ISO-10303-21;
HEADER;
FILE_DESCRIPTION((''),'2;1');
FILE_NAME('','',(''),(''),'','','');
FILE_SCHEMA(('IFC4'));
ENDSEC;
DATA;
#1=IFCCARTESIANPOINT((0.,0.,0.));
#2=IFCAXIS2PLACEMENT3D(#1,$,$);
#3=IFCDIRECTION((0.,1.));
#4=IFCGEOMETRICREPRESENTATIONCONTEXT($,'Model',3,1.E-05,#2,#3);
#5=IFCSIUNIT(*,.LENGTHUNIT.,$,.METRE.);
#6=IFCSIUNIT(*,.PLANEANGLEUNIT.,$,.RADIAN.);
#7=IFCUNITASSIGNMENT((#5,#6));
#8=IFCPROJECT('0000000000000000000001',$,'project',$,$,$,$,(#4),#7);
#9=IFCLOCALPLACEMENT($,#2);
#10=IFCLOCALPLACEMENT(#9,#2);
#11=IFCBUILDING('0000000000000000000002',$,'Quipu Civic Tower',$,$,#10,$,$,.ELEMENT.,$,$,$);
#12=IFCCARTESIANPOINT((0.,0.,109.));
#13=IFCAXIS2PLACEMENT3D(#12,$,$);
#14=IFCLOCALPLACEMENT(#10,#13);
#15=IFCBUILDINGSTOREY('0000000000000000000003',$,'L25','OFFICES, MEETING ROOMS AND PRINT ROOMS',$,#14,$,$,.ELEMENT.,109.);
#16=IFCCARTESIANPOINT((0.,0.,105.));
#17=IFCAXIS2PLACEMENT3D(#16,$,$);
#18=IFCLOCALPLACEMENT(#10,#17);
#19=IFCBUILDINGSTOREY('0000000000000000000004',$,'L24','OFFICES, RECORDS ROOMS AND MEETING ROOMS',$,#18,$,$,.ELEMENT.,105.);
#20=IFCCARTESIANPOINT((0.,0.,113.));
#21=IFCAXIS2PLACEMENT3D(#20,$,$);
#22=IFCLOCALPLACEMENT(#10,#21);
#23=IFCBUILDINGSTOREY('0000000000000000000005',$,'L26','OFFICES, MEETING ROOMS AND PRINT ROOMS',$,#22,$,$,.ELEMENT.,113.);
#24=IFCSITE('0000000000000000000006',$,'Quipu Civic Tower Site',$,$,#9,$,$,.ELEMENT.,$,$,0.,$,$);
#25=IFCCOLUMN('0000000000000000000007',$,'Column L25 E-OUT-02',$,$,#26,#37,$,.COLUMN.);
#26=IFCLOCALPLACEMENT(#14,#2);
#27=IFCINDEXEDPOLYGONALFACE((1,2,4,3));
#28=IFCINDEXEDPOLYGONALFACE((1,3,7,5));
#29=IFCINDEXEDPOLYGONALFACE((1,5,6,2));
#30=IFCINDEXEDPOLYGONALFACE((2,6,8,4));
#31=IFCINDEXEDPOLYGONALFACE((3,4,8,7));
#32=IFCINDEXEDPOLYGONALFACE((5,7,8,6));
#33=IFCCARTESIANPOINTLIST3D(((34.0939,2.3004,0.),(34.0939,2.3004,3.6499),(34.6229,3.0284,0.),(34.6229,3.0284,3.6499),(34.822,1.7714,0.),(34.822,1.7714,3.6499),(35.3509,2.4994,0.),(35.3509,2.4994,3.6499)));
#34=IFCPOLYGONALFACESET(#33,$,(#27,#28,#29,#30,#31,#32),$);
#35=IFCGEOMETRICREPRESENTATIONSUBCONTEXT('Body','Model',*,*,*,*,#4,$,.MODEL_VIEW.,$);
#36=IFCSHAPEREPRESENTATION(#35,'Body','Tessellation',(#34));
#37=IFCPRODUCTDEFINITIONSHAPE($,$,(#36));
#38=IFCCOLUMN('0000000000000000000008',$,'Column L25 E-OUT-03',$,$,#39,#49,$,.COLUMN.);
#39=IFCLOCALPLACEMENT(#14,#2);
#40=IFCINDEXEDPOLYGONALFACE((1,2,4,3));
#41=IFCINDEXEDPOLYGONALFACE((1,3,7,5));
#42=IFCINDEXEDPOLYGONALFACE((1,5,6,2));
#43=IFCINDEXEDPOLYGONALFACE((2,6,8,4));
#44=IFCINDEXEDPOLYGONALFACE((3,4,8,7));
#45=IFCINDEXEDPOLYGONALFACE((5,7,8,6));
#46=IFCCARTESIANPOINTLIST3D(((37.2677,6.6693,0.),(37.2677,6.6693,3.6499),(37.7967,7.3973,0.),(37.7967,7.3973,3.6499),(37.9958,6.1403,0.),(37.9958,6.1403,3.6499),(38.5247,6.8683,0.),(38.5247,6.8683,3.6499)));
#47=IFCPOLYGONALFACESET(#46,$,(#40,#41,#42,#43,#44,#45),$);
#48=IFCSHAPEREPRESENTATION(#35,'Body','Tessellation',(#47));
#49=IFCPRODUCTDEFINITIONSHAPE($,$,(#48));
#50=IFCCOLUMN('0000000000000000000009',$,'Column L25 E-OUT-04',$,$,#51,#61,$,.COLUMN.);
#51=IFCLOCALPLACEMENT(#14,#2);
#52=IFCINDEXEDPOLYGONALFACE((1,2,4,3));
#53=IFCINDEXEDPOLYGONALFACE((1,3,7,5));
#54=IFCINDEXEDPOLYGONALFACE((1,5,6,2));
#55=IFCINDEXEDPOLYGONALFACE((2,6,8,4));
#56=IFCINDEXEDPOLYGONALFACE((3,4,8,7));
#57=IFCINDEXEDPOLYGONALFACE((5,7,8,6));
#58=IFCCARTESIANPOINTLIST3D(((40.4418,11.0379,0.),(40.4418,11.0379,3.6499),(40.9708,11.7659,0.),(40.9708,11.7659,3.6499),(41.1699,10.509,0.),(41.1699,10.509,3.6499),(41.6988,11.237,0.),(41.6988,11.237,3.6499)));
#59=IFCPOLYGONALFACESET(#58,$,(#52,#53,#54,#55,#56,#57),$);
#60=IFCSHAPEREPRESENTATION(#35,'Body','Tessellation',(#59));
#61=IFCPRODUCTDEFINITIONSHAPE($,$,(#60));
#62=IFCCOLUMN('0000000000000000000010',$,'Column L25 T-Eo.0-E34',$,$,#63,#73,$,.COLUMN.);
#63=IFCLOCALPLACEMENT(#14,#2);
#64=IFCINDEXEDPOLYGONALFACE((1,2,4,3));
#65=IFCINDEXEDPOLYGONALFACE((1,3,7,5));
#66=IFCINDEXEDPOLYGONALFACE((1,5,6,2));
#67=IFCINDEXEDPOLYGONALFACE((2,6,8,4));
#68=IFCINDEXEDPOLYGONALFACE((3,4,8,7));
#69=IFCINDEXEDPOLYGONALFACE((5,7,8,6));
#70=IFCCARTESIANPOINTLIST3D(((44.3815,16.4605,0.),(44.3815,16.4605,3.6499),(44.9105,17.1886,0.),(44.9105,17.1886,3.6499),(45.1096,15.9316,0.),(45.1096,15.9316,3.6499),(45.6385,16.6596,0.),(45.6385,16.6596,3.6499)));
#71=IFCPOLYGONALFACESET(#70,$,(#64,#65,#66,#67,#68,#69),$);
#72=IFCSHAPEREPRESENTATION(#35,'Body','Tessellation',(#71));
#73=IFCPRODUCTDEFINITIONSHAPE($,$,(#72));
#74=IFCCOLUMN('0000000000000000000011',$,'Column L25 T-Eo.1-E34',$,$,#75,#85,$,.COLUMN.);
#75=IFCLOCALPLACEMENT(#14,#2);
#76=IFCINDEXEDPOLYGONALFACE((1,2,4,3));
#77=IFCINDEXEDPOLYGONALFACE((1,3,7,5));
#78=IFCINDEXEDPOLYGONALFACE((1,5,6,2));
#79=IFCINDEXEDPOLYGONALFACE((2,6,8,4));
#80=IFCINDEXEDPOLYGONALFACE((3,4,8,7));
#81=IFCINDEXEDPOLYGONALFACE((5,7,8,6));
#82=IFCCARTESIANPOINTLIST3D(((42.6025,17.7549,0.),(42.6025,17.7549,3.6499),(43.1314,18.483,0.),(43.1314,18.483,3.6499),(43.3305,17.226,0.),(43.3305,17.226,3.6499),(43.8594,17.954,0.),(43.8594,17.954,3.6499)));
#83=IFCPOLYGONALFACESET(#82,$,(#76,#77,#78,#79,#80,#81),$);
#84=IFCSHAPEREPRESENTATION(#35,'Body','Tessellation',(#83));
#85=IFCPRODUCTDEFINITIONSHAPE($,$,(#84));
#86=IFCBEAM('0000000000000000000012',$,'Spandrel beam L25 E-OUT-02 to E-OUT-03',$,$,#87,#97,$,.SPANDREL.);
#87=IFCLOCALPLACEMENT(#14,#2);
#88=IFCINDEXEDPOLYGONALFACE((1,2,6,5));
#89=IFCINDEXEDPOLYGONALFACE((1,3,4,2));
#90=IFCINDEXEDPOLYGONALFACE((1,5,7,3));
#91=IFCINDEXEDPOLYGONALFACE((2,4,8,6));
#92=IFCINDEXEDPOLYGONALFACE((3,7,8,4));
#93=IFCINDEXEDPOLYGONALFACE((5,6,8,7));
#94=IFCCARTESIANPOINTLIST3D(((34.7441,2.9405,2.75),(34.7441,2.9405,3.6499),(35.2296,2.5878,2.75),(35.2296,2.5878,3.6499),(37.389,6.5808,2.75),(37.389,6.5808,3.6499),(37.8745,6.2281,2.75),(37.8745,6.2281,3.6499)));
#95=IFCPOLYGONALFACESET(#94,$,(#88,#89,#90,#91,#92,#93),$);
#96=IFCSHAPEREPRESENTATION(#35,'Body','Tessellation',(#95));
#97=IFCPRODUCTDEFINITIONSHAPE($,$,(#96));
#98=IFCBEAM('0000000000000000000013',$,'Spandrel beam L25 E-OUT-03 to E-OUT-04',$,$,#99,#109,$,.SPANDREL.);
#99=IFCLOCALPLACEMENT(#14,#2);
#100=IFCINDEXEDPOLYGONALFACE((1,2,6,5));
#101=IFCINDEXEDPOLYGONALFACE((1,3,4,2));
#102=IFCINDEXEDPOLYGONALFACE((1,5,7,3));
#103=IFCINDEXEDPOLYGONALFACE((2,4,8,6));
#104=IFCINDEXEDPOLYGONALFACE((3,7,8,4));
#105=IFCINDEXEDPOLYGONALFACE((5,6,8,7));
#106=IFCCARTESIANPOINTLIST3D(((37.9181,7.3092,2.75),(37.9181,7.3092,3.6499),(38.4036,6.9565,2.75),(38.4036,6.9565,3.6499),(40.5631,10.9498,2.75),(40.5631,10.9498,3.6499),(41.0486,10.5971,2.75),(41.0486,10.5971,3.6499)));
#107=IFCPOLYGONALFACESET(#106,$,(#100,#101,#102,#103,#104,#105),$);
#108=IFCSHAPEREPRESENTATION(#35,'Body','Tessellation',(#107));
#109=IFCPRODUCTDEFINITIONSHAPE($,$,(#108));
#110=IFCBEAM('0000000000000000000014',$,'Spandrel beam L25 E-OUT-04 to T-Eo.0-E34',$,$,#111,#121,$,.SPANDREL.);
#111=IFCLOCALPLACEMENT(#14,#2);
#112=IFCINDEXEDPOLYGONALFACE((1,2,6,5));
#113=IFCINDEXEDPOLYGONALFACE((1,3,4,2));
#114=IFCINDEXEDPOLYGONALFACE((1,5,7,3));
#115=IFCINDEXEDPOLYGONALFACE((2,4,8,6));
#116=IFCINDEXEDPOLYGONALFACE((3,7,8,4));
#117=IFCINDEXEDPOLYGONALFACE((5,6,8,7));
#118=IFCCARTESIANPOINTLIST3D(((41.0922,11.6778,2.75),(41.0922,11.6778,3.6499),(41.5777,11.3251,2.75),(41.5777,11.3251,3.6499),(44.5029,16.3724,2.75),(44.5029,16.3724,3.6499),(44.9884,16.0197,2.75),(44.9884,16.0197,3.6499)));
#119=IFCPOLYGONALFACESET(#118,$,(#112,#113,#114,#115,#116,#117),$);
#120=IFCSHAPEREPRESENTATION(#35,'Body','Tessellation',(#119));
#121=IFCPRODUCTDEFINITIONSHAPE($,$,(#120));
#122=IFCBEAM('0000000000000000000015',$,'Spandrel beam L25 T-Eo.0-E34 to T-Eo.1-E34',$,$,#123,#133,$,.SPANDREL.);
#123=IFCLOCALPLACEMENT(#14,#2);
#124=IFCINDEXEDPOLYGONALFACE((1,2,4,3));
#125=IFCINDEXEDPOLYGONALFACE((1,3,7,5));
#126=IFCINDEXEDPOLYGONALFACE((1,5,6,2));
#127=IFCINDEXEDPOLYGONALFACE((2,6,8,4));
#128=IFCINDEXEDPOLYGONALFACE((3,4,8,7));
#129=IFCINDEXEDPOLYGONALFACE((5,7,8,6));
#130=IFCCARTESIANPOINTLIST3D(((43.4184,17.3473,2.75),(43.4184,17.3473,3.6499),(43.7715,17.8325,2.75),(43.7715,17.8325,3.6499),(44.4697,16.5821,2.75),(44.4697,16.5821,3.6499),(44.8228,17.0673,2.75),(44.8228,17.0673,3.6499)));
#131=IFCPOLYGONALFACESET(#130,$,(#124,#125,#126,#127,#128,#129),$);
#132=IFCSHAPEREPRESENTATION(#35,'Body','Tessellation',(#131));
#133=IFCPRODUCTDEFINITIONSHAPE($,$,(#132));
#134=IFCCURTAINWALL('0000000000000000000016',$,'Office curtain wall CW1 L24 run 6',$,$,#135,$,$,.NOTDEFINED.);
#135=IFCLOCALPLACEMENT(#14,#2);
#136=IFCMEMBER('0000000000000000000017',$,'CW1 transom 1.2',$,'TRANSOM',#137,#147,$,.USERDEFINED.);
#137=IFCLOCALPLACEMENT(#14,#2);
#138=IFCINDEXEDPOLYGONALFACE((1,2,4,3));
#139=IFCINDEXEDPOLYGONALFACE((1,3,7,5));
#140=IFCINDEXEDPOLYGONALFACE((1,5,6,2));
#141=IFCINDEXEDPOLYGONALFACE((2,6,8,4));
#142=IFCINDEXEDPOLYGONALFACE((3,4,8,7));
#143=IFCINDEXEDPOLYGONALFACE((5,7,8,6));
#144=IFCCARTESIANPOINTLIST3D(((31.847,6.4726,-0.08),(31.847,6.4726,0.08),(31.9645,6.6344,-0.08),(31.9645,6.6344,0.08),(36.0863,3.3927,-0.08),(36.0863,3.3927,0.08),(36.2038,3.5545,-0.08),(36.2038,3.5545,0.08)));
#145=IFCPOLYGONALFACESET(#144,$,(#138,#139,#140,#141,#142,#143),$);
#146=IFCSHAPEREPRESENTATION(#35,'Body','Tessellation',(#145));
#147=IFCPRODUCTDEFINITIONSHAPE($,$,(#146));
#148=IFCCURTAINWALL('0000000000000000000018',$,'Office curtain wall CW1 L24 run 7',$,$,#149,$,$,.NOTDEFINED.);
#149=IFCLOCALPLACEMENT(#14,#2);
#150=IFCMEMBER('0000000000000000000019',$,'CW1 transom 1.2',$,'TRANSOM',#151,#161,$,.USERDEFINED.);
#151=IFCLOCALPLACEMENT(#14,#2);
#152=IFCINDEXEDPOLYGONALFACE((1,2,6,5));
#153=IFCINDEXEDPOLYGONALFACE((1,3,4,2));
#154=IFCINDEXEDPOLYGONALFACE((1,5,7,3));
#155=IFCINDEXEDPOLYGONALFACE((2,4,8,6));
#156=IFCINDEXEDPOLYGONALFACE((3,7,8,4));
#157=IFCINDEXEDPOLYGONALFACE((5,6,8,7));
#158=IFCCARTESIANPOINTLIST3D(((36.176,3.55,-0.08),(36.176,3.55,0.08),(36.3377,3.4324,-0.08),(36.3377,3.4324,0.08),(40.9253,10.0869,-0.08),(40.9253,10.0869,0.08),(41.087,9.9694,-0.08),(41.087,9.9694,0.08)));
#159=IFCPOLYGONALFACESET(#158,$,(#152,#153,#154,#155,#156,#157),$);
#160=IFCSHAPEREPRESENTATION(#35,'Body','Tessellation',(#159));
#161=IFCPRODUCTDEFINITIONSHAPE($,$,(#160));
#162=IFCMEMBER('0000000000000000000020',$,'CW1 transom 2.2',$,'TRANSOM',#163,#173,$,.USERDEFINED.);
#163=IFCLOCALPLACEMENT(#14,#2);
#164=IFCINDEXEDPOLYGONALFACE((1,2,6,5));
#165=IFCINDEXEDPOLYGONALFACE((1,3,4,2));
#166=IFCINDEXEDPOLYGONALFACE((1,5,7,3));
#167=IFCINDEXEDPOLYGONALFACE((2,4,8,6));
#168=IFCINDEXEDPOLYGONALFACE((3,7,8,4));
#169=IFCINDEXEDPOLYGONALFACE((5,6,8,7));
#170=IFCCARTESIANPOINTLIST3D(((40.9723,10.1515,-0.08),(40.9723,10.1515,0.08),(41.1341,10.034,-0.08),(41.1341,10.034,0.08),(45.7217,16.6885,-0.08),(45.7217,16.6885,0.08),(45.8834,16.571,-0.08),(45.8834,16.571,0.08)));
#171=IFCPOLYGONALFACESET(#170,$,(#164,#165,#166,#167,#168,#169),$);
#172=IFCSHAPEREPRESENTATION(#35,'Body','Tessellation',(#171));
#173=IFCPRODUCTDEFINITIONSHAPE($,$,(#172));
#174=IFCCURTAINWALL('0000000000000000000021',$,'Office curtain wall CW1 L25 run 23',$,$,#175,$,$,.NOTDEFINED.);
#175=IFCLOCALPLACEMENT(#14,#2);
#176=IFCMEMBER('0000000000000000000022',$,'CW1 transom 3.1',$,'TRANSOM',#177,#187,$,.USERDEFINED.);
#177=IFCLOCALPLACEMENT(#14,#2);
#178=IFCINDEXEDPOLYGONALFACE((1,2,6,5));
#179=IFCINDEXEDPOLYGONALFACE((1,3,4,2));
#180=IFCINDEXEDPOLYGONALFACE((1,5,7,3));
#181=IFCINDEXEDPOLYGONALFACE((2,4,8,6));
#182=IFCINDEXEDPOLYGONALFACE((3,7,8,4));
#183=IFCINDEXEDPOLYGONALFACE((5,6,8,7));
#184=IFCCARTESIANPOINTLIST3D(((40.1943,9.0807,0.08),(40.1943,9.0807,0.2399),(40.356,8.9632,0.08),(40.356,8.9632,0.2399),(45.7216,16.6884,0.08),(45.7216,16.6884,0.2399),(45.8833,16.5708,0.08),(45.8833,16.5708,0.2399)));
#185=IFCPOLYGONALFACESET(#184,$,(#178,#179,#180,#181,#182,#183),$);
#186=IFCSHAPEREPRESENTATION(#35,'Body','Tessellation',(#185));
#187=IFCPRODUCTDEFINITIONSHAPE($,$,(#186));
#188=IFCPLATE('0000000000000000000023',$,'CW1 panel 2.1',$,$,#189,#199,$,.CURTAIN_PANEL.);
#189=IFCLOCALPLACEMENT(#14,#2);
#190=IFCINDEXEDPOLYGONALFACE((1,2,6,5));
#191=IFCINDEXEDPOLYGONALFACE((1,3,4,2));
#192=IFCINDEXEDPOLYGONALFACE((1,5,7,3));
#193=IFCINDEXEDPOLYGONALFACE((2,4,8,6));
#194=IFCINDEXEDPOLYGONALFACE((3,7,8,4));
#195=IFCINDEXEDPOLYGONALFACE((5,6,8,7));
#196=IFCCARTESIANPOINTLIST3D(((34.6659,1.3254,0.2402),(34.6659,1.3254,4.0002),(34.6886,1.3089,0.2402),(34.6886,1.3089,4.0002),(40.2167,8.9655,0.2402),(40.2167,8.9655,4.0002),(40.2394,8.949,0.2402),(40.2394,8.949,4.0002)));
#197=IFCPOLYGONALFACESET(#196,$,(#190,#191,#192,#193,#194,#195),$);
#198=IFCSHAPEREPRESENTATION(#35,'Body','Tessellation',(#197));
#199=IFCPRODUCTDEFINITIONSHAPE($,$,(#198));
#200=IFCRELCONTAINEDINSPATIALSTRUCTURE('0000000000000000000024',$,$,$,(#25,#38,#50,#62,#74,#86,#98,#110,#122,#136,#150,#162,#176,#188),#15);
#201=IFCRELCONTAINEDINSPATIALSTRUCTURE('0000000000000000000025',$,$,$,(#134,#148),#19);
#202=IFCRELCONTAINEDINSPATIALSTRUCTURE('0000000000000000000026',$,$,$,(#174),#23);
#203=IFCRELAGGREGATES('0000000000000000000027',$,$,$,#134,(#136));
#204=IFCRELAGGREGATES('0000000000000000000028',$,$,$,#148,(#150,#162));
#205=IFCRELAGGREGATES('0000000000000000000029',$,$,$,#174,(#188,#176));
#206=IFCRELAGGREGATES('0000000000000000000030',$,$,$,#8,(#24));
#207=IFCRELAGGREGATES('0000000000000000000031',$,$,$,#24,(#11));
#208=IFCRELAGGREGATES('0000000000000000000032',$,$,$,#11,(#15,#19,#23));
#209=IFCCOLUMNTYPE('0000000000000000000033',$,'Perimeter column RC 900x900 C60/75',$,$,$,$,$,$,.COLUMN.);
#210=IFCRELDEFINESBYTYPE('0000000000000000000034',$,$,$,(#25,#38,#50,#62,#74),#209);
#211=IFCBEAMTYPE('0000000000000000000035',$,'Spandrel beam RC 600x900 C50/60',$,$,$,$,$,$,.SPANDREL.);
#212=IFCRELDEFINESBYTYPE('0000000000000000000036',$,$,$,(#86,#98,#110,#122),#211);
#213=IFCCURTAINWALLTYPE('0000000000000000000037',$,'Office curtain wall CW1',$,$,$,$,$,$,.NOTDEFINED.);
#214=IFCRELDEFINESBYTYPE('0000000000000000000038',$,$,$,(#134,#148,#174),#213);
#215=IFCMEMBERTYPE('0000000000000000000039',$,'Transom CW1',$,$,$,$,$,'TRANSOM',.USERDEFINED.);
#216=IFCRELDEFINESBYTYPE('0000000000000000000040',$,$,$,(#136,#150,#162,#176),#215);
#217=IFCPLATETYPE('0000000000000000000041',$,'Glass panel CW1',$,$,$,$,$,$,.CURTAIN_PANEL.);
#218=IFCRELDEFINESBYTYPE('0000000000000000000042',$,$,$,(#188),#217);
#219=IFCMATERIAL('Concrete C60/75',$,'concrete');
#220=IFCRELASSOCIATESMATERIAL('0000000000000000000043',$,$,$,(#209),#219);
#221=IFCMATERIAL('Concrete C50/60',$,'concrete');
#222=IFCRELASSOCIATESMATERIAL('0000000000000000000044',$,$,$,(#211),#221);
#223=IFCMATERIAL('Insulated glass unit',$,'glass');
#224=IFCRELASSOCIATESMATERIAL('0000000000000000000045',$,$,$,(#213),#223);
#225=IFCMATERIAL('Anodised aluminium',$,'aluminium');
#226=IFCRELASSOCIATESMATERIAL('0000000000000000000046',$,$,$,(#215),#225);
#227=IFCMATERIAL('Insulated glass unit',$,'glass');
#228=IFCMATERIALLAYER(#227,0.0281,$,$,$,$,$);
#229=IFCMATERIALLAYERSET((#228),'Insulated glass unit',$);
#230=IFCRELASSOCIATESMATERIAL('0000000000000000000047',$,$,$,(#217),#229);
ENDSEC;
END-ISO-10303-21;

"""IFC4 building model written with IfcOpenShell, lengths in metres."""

from ifc_helpers import new_model, si_unit, direction, frame, origin, origin_2d, place, context, subcontext, project, spatial, rectangle, extrude, material, layer, layer_set, material_profile, profile_set, type_object, element, aggregate, save


model = new_model("IFC4")

# Units and contexts
model_context = context("Model", 3, precision=1e-05, world=origin(), true_north=direction((0.0, 1.0)))
body_context = subcontext(model_context, "Body", "Model", "MODEL_VIEW")
ifc_project = project(units=[si_unit("LENGTHUNIT", "METRE"), si_unit("PLANEANGLEUNIT", "RADIAN")], contexts=[model_context])

# Site, building, storey
site_placement = place(None, origin())
site = spatial("IfcSite", under=ifc_project, at=site_placement, Name="Quipu Civic Tower Site", CompositionType="ELEMENT", RefElevation=0.0)
building_placement = place(site_placement, origin())
building = spatial("IfcBuilding", under=site, at=building_placement, Name="Quipu Civic Tower", CompositionType="ELEMENT")
storey_1_placement = place(building_placement, frame((0.0, 0.0, 109.0)))
storey_1 = spatial("IfcBuildingStorey", under=building, at=storey_1_placement, Name="L25", Description="OFFICES, MEETING ROOMS AND PRINT ROOMS", CompositionType="ELEMENT", Elevation=109.0)

# Columns
ifc_material_1 = material(Name="Concrete C60/75", Category="concrete")
ifc_material_profile_1 = material_profile(ifc_material_1, rectangle(XDim=0.8999, YDim=0.8999, at=origin_2d()), Name="RC900x900")
ifc_profile_set_1 = profile_set([ifc_material_profile_1], Name="Concrete C60/75")
column_type = type_object("IfcColumnType", Name="Perimeter column RC 900x900 C60/75", PredefinedType="COLUMN", material=ifc_profile_set_1)
for number, where, z_axis, x_axis, name in (
    (1, (34.7224, 2.3999, 0.0), (0.0, 0.0, 1.0), (0.587785, 0.809017, 0.0), "Column L25 E-OUT-02"),
    (2, (37.8962, 6.7688, 0.0), (0.0, 0.0, 1.0), (0.587785, 0.809017, 0.0), "Column L25 E-OUT-03"),
    (3, (41.0703, 11.1375, 0.0), (0.0, 0.0, 1.0), (0.587785, 0.809017, 0.0), "Column L25 E-OUT-04"),
    (4, (45.01, 16.5601, 0.0), (0.0, 0.0, 1.0), (0.587785, 0.809017, 0.0), "Column L25 T-Eo.0-E34"),
    (5, (43.231, 17.8545, 0.0), (0.0, 0.0, 1.0), (0.587785, 0.809017, 0.0), "Column L25 T-Eo.1-E34"),
):
    element("IfcColumn", number, at=place(storey_1_placement, frame(where, z_axis=z_axis, x_axis=x_axis)), inside=storey_1, type_object=column_type, Name=name, PredefinedType="COLUMN", context=body_context, shape_type="SweptSolid", body=[
        extrude(rectangle(XDim=0.8999, YDim=0.8999, at=origin_2d()), origin(), (0.0, 0.0, 1.0), 3.6499),
    ])

# Beams
ifc_material_2 = material(Name="Concrete C50/60", Category="concrete")
ifc_material_profile_2 = material_profile(ifc_material_2, rectangle(XDim=0.6001, YDim=0.8999, at=origin_2d()), Name="RC600x900")
ifc_profile_set_2 = profile_set([ifc_material_profile_2], Name="Concrete C50/60")
beam_type = type_object("IfcBeamType", Name="Spandrel beam RC 600x900 C50/60", PredefinedType="SPANDREL", material=ifc_profile_set_2)
beam_1_placement = place(storey_1_placement, frame((34.9868, 2.7642, 3.2), z_axis=(0.587804, 0.809003, 0.0), x_axis=(-0.809003, 0.587804, 0.0)))
element("IfcBeam", 6, at=beam_1_placement, inside=storey_1, type_object=beam_type, Name="Spandrel beam L25 E-OUT-02 to E-OUT-03", PredefinedType="SPANDREL", context=body_context, shape_type="SweptSolid", body=[
    extrude(rectangle(XDim=0.6001, YDim=0.8999, at=origin_2d()), origin(), (0.0, 0.0, 1.0), 4.4998),
])
beam_2_placement = place(storey_1_placement, frame((38.1609, 7.1328, 3.2), z_axis=(0.587778, 0.809022, 0.0), x_axis=(-0.809022, 0.587778, 0.0)))
element("IfcBeam", 7, at=beam_2_placement, inside=storey_1, type_object=beam_type, Name="Spandrel beam L25 E-OUT-03 to E-OUT-04", PredefinedType="SPANDREL", context=body_context, shape_type="SweptSolid", body=[
    extrude(rectangle(XDim=0.6001, YDim=0.8999, at=origin_2d()), origin(), (0.0, 0.0, 1.0), 4.5),
])
beam_3_placement = place(storey_1_placement, frame((41.335, 11.5015, 3.2), z_axis=(0.587766, 0.809031, 0.0), x_axis=(-0.809031, 0.587766, 0.0)))
element("IfcBeam", 8, at=beam_3_placement, inside=storey_1, type_object=beam_type, Name="Spandrel beam L25 E-OUT-04 to T-Eo.0-E34", PredefinedType="SPANDREL", context=body_context, shape_type="SweptSolid", body=[
    extrude(rectangle(XDim=0.6001, YDim=0.8999, at=origin_2d()), origin(), (0.0, 0.0, 1.0), 5.8027),
])
beam_4_placement = place(storey_1_placement, frame((44.6462, 16.8247, 3.2), z_axis=(-0.808525, 0.588462, 0.0), x_axis=(-0.588462, -0.808525, 0.0)))
element("IfcBeam", 9, at=beam_4_placement, inside=storey_1, type_object=beam_type, Name="Spandrel beam L25 T-Eo.0-E34 to T-Eo.1-E34", PredefinedType="SPANDREL", context=body_context, shape_type="SweptSolid", body=[
    extrude(rectangle(XDim=0.6001, YDim=0.8999, at=origin_2d()), origin(), (0.0, 0.0, 1.0), 1.3003),
])

# Shared definitions
storey_2_placement = place(building_placement, frame((0.0, 0.0, 105.0)))
storey_2 = spatial("IfcBuildingStorey", under=building, at=storey_2_placement, Name="L24", Description="OFFICES, RECORDS ROOMS AND MEETING ROOMS", CompositionType="ELEMENT", Elevation=105.0)

# Curtain wall, member
ifc_material_3 = material(Name="Insulated glass unit", Category="glass")
curtain_wall_type = type_object("IfcCurtainWallType", Name="Office curtain wall CW1", PredefinedType="NOTDEFINED", material=ifc_material_3)
curtain_wall_1_placement = place(storey_2_placement, origin())
curtain_wall_1 = element("IfcCurtainWall", 10, at=curtain_wall_1_placement, inside=storey_2, type_object=curtain_wall_type, Name="Office curtain wall CW1 L24 run 6", PredefinedType="NOTDEFINED")
ifc_material_4 = material(Name="Anodised aluminium", Category="aluminium")
ifc_material_profile_3 = material_profile(ifc_material_4, rectangle(XDim=0.2, YDim=0.1599, at=origin_2d()), Name="RECT 200x160")
ifc_profile_set_3 = profile_set([ifc_material_profile_3], Name="Anodised aluminium")
member_type = type_object("IfcMemberType", Name="Transom CW1", ElementType="TRANSOM", PredefinedType="USERDEFINED", material=ifc_profile_set_3)
member_1_placement = place(storey_1_placement, frame((31.9058, 6.5535, 0.0), z_axis=(0.809032, -0.587764, 0.0), x_axis=(0.587764, 0.809032, 0.0)))
member_1 = element("IfcMember", 11, at=member_1_placement, inside=storey_1, type_object=member_type, Name="CW1 transom 1.2", ObjectType="TRANSOM", PredefinedType="USERDEFINED", context=body_context, shape_type="SweptSolid", body=[
    extrude(rectangle(XDim=0.2, YDim=0.1599, at=origin_2d()), origin(), (0.0, 0.0, 1.0), 5.24),
])
aggregate(curtain_wall_1, [member_1])

# Curtain wall, members
curtain_wall_2_placement = place(storey_2_placement, origin())
curtain_wall_2 = element("IfcCurtainWall", 12, at=curtain_wall_2_placement, inside=storey_2, type_object=curtain_wall_type, Name="Office curtain wall CW1 L24 run 7", PredefinedType="NOTDEFINED")
member_2_placement = place(storey_1_placement, frame((36.2568, 3.4912, 0.0), z_axis=(0.587782, 0.80902, 0.0), x_axis=(-0.80902, 0.587782, 0.0)))
member_2 = element("IfcMember", 13, at=member_2_placement, inside=storey_1, type_object=member_type, Name="CW1 transom 1.2", ObjectType="TRANSOM", PredefinedType="USERDEFINED", context=body_context, shape_type="SweptSolid", body=[
    extrude(rectangle(XDim=0.2, YDim=0.1599, at=origin_2d()), origin(), (0.0, 0.0, 1.0), 8.0801),
])
member_3_placement = place(storey_1_placement, frame((41.0532, 10.0928, 0.0), z_axis=(0.587782, 0.80902, 0.0), x_axis=(-0.80902, 0.587782, 0.0)))
member_3 = element("IfcMember", 14, at=member_3_placement, inside=storey_1, type_object=member_type, Name="CW1 transom 2.2", ObjectType="TRANSOM", PredefinedType="USERDEFINED", context=body_context, shape_type="SweptSolid", body=[
    extrude(rectangle(XDim=0.2, YDim=0.1599, at=origin_2d()), origin(), (0.0, 0.0, 1.0), 8.0801),
])
aggregate(curtain_wall_2, [member_2, member_3])

# Shared definitions
storey_3_placement = place(building_placement, frame((0.0, 0.0, 113.0)))
storey_3 = spatial("IfcBuildingStorey", under=building, at=storey_3_placement, Name="L26", Description="OFFICES, MEETING ROOMS AND PRINT ROOMS", CompositionType="ELEMENT", Elevation=113.0)

# Curtain wall, member, plate
curtain_wall_3_placement = place(storey_3_placement, origin())
curtain_wall_3 = element("IfcCurtainWall", 15, at=curtain_wall_3_placement, inside=storey_3, type_object=curtain_wall_type, Name="Office curtain wall CW1 L25 run 23", PredefinedType="NOTDEFINED")
member_4_placement = place(storey_1_placement, frame((40.2751, 9.022, 0.1599), z_axis=(0.587789, 0.809014, 0.0), x_axis=(-0.809014, 0.587789, 0.0)))
member_4 = element("IfcMember", 16, at=member_4_placement, inside=storey_1, type_object=member_type, Name="CW1 transom 3.1", ObjectType="TRANSOM", PredefinedType="USERDEFINED", context=body_context, shape_type="SweptSolid", body=[
    extrude(rectangle(XDim=0.2, YDim=0.1599, at=origin_2d()), origin(), (0.0, 0.0, 1.0), 9.4036),
])
ifc_material_5 = material(Name="Insulated glass unit", Category="glass")
ifc_layer_1 = layer(ifc_material_5, 0.0281)
ifc_layer_set_1 = layer_set([ifc_layer_1], Name="Insulated glass unit")
plate_type_1 = type_object("IfcPlateType", Name="Glass panel CW1", PredefinedType="CURTAIN_PANEL", material=ifc_layer_set_1)
plate_1_placement = place(storey_1_placement, frame((37.4526, 5.1372, 0.2402), z_axis=(0.0, 0.0, 1.0), x_axis=(0.587785, 0.809017, 0.0)))
plate_1 = element("IfcPlate", 17, at=plate_1_placement, inside=storey_1, type_object=plate_type_1, Name="CW1 panel 2.1", PredefinedType="CURTAIN_PANEL", context=body_context, shape_type="SweptSolid", body=[
    extrude(rectangle(XDim=9.4436, YDim=0.0281, at=origin_2d()), origin(), (0.0, 0.0, 1.0), 3.76),
])
aggregate(curtain_wall_3, [plate_1, member_4])

save(model, "model.ifc")
